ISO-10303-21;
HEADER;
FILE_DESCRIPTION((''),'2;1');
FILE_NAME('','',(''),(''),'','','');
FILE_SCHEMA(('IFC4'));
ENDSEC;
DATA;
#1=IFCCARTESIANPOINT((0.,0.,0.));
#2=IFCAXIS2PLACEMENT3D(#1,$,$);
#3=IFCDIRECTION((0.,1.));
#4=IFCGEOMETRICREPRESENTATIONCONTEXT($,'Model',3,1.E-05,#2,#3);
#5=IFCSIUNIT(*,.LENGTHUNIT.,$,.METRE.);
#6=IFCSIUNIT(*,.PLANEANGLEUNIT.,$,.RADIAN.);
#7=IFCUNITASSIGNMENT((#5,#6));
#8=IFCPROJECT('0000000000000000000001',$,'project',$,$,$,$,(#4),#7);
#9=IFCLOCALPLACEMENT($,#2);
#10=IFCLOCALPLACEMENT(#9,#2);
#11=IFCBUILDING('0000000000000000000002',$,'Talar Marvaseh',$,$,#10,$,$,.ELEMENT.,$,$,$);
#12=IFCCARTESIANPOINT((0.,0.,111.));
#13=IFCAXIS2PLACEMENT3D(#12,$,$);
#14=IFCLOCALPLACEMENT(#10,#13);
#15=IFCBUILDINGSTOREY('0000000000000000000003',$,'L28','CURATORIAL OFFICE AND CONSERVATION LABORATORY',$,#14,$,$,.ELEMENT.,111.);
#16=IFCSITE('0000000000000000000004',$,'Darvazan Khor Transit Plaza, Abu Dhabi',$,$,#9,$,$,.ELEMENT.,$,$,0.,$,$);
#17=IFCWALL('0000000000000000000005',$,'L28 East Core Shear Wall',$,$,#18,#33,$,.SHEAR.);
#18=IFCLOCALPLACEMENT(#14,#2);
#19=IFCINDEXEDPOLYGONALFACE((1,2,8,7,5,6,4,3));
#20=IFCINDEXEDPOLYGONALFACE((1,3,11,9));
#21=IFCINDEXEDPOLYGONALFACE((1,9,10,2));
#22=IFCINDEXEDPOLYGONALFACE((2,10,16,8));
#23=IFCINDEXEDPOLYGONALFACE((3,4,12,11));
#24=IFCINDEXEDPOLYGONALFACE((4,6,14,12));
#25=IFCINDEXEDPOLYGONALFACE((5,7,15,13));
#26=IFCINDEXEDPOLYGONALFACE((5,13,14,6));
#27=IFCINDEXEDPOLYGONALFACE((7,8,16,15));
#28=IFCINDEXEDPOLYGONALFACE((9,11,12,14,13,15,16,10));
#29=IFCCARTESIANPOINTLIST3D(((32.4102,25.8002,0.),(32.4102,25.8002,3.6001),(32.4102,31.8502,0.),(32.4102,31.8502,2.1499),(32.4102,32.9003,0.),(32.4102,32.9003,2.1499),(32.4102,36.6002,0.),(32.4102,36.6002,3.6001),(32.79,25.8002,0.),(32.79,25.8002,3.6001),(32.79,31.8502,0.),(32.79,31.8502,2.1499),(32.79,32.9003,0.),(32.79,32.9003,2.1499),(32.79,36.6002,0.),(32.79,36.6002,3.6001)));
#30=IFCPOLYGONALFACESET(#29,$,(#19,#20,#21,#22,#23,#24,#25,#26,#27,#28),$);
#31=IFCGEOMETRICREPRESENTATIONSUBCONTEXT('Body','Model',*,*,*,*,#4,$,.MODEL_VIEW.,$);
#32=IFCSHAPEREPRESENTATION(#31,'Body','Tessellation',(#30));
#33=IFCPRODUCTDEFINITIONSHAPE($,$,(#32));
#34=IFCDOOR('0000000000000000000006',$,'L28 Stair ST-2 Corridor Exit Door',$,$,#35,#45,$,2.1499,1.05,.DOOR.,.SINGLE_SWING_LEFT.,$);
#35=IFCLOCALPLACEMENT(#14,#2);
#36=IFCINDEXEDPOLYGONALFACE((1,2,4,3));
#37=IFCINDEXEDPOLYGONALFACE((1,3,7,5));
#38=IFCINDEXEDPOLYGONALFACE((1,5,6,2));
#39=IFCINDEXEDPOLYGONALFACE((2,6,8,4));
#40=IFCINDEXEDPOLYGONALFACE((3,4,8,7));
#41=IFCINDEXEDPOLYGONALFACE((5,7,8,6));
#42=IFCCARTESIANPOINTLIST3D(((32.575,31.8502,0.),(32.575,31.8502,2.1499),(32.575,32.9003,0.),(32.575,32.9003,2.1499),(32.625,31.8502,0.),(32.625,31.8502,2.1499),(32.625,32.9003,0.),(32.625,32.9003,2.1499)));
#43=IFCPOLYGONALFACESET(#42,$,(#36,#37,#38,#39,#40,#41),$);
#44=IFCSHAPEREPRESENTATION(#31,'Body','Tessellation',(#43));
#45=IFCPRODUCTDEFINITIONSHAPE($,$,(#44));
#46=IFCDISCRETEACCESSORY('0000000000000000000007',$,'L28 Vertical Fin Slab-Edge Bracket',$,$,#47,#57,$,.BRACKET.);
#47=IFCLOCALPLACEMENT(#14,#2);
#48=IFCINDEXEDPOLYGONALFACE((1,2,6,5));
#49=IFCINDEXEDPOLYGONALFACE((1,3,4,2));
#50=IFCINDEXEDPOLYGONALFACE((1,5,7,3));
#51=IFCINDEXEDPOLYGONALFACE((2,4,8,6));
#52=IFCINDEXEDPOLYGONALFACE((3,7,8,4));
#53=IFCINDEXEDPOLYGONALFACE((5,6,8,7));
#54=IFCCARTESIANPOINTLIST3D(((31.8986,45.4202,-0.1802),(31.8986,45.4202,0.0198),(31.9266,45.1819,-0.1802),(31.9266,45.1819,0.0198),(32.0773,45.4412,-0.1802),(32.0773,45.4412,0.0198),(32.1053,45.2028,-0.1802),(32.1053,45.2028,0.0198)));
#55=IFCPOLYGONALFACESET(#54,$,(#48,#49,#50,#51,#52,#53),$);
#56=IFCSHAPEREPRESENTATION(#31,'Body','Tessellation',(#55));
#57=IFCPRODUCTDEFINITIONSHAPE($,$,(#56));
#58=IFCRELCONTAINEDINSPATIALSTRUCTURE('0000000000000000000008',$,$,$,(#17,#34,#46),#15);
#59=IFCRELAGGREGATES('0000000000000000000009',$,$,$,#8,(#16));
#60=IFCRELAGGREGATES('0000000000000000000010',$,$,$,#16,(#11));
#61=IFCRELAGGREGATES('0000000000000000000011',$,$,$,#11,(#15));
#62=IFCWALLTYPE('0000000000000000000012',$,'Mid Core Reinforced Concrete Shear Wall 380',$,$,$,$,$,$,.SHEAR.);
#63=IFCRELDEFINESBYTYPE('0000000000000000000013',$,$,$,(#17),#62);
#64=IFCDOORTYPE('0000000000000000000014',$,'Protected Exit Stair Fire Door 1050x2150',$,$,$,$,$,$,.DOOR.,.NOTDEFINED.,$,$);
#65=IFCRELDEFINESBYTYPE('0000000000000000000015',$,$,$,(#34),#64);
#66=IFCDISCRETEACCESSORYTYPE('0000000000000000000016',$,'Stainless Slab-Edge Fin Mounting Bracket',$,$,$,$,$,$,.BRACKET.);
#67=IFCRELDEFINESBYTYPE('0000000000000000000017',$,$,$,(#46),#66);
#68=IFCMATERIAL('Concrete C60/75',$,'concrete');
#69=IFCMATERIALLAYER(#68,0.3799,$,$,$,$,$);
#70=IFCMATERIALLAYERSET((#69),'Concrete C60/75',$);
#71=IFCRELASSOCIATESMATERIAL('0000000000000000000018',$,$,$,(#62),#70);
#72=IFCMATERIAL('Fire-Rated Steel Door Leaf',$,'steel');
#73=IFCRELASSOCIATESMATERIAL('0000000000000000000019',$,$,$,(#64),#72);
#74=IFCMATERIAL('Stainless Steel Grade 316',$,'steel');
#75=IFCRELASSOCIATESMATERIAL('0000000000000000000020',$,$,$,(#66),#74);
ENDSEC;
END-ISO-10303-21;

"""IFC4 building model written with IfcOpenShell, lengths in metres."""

from ifc_helpers import new_model, si_unit, direction, frame, frame_2d, origin, origin_2d, place, context, subcontext, project, spatial, rectangle, extrude, source, transform, mapped, material, layer, layer_set, type_object, type_shapes, element, fill, save


model = new_model("IFC4")

# Units and contexts
model_context = context("Model", 3, precision=1e-05, world=origin(), true_north=direction((0.0, 1.0)))
body_context = subcontext(model_context, "Body", "Model", "MODEL_VIEW")
ifc_project = project(units=[si_unit("LENGTHUNIT", "METRE"), si_unit("PLANEANGLEUNIT", "RADIAN")], contexts=[model_context])

# Site, building, storey
site_placement = place(None, origin())
site = spatial("IfcSite", under=ifc_project, at=site_placement, Name="Darvazan Khor Transit Plaza, Abu Dhabi", CompositionType="ELEMENT", RefElevation=0.0)
building_placement = place(site_placement, origin())
building = spatial("IfcBuilding", under=site, at=building_placement, Name="Talar Marvaseh", CompositionType="ELEMENT")
storey_placement = place(building_placement, frame((0.0, 0.0, 111.0)))
storey = spatial("IfcBuildingStorey", under=building, at=storey_placement, Name="L28", Description="CURATORIAL OFFICE AND CONSERVATION LABORATORY", CompositionType="ELEMENT", Elevation=111.0)

# Shared definitions
ifc_material_1 = material(Name="Concrete C60/75", Category="concrete")

# Wall, opening, door
ifc_layer_1 = layer(ifc_material_1, 0.3799)
ifc_layer_set_1 = layer_set([ifc_layer_1], Name="Concrete C60/75")
wall_type_1 = type_object("IfcWallType", Name="Mid Core Reinforced Concrete Shear Wall 380", PredefinedType="SHEAR", material=ifc_layer_set_1)
wall_1_placement = place(storey_placement, frame((32.6001, 36.6001, 0.0), z_axis=(0.0, 0.0, 1.0), x_axis=(0.0, -1.0, 0.0)))
wall_1 = element("IfcWall", 1, at=wall_1_placement, inside=storey, type_object=wall_type_1, Name="L28 East Core Shear Wall", PredefinedType="SHEAR", context=body_context, shape_type="SweptSolid", body=[
    extrude(rectangle(XDim=10.8, YDim=0.3799, at=frame_2d((5.3999, 0.0))), origin(), (0.0, 0.0, 1.0), 3.6001),
])
opening_1_placement = place(wall_1_placement, frame((3.7, 0.0, 0.0)))
opening_1 = element("IfcOpeningElement", 2, at=opening_1_placement, cuts=wall_1, PredefinedType="OPENING", context=body_context, shape_type="SweptSolid", body=[
    extrude(rectangle(XDim=1.05, YDim=2.1499, at=frame_2d((0.5249, 1.075))), frame((0.0, 0.2, 0.0), z_axis=(0.0, -1.0, 0.0), x_axis=(1.0, 0.0, 0.0)), (0.0, 0.0, 1.0), 0.3999),
])
ifc_material_2 = material(Name="Fire-Rated Steel Door Leaf", Category="steel")
door_type_1 = type_object("IfcDoorType", Name="Protected Exit Stair Fire Door 1050x2150", OperationType="NOTDEFINED", PredefinedType="DOOR", material=ifc_material_2)
shared_shape_1 = source(origin(), body_context, "Body", "SweptSolid", [
    extrude(rectangle(XDim=1.05, YDim=2.1499, at=frame_2d((0.5249, 1.075))), frame((0.0, 0.0249, 0.0), z_axis=(0.0, -1.0, 0.0), x_axis=(1.0, 0.0, 0.0)), (0.0, 0.0, 1.0), 0.05),
])
type_shapes(door_type_1, [shared_shape_1])
door_1_placement = place(opening_1_placement, origin())
door_1 = element("IfcDoor", 3, at=door_1_placement, inside=storey, type_object=door_type_1, Name="L28 Stair ST-2 Corridor Exit Door", OperationType="SINGLE_SWING_LEFT", OverallHeight=2.1499, OverallWidth=1.05, PredefinedType="DOOR", context=body_context, shape_type="MappedRepresentation", body=[
    mapped(shared_shape_1, transform((0.0, 0.0, 0.0), x_axis=(1.0, 0.0, 0.0), y_axis=(0.0, 1.0, 0.0), z_axis=(0.0, 0.0, 1.0), scale=1.0)),
])
fill(opening_1, door_1)

# Discrete accessory
ifc_material_3 = material(Name="Stainless Steel Grade 316", Category="steel")
discrete_accessory_type = type_object("IfcDiscreteAccessoryType", Name="Stainless Slab-Edge Fin Mounting Bracket", PredefinedType="BRACKET", material=ifc_material_3)
shared_shape_2 = source(origin(), body_context, "Body", "SweptSolid", [
    extrude(rectangle(XDim=0.24, YDim=0.1799, at=origin_2d()), origin(), (0.0, 0.0, 1.0), 0.2),
])
type_shapes(discrete_accessory_type, [shared_shape_2])
discrete_accessory_placement = place(storey_placement, frame((32.002, 45.3115, -0.1802), z_axis=(0.0, 0.0, 1.0), x_axis=(-0.116324, 0.993211, 0.0)))
element("IfcDiscreteAccessory", 4, at=discrete_accessory_placement, inside=storey, type_object=discrete_accessory_type, Name="L28 Vertical Fin Slab-Edge Bracket", PredefinedType="BRACKET", context=body_context, shape_type="MappedRepresentation", body=[
    mapped(shared_shape_2, transform((0.0, 0.0, 0.0), x_axis=(1.0, 0.0, 0.0), y_axis=(0.0, 1.0, 0.0), z_axis=(0.0, 0.0, 1.0), scale=1.0)),
])

save(model, "model.ifc")
